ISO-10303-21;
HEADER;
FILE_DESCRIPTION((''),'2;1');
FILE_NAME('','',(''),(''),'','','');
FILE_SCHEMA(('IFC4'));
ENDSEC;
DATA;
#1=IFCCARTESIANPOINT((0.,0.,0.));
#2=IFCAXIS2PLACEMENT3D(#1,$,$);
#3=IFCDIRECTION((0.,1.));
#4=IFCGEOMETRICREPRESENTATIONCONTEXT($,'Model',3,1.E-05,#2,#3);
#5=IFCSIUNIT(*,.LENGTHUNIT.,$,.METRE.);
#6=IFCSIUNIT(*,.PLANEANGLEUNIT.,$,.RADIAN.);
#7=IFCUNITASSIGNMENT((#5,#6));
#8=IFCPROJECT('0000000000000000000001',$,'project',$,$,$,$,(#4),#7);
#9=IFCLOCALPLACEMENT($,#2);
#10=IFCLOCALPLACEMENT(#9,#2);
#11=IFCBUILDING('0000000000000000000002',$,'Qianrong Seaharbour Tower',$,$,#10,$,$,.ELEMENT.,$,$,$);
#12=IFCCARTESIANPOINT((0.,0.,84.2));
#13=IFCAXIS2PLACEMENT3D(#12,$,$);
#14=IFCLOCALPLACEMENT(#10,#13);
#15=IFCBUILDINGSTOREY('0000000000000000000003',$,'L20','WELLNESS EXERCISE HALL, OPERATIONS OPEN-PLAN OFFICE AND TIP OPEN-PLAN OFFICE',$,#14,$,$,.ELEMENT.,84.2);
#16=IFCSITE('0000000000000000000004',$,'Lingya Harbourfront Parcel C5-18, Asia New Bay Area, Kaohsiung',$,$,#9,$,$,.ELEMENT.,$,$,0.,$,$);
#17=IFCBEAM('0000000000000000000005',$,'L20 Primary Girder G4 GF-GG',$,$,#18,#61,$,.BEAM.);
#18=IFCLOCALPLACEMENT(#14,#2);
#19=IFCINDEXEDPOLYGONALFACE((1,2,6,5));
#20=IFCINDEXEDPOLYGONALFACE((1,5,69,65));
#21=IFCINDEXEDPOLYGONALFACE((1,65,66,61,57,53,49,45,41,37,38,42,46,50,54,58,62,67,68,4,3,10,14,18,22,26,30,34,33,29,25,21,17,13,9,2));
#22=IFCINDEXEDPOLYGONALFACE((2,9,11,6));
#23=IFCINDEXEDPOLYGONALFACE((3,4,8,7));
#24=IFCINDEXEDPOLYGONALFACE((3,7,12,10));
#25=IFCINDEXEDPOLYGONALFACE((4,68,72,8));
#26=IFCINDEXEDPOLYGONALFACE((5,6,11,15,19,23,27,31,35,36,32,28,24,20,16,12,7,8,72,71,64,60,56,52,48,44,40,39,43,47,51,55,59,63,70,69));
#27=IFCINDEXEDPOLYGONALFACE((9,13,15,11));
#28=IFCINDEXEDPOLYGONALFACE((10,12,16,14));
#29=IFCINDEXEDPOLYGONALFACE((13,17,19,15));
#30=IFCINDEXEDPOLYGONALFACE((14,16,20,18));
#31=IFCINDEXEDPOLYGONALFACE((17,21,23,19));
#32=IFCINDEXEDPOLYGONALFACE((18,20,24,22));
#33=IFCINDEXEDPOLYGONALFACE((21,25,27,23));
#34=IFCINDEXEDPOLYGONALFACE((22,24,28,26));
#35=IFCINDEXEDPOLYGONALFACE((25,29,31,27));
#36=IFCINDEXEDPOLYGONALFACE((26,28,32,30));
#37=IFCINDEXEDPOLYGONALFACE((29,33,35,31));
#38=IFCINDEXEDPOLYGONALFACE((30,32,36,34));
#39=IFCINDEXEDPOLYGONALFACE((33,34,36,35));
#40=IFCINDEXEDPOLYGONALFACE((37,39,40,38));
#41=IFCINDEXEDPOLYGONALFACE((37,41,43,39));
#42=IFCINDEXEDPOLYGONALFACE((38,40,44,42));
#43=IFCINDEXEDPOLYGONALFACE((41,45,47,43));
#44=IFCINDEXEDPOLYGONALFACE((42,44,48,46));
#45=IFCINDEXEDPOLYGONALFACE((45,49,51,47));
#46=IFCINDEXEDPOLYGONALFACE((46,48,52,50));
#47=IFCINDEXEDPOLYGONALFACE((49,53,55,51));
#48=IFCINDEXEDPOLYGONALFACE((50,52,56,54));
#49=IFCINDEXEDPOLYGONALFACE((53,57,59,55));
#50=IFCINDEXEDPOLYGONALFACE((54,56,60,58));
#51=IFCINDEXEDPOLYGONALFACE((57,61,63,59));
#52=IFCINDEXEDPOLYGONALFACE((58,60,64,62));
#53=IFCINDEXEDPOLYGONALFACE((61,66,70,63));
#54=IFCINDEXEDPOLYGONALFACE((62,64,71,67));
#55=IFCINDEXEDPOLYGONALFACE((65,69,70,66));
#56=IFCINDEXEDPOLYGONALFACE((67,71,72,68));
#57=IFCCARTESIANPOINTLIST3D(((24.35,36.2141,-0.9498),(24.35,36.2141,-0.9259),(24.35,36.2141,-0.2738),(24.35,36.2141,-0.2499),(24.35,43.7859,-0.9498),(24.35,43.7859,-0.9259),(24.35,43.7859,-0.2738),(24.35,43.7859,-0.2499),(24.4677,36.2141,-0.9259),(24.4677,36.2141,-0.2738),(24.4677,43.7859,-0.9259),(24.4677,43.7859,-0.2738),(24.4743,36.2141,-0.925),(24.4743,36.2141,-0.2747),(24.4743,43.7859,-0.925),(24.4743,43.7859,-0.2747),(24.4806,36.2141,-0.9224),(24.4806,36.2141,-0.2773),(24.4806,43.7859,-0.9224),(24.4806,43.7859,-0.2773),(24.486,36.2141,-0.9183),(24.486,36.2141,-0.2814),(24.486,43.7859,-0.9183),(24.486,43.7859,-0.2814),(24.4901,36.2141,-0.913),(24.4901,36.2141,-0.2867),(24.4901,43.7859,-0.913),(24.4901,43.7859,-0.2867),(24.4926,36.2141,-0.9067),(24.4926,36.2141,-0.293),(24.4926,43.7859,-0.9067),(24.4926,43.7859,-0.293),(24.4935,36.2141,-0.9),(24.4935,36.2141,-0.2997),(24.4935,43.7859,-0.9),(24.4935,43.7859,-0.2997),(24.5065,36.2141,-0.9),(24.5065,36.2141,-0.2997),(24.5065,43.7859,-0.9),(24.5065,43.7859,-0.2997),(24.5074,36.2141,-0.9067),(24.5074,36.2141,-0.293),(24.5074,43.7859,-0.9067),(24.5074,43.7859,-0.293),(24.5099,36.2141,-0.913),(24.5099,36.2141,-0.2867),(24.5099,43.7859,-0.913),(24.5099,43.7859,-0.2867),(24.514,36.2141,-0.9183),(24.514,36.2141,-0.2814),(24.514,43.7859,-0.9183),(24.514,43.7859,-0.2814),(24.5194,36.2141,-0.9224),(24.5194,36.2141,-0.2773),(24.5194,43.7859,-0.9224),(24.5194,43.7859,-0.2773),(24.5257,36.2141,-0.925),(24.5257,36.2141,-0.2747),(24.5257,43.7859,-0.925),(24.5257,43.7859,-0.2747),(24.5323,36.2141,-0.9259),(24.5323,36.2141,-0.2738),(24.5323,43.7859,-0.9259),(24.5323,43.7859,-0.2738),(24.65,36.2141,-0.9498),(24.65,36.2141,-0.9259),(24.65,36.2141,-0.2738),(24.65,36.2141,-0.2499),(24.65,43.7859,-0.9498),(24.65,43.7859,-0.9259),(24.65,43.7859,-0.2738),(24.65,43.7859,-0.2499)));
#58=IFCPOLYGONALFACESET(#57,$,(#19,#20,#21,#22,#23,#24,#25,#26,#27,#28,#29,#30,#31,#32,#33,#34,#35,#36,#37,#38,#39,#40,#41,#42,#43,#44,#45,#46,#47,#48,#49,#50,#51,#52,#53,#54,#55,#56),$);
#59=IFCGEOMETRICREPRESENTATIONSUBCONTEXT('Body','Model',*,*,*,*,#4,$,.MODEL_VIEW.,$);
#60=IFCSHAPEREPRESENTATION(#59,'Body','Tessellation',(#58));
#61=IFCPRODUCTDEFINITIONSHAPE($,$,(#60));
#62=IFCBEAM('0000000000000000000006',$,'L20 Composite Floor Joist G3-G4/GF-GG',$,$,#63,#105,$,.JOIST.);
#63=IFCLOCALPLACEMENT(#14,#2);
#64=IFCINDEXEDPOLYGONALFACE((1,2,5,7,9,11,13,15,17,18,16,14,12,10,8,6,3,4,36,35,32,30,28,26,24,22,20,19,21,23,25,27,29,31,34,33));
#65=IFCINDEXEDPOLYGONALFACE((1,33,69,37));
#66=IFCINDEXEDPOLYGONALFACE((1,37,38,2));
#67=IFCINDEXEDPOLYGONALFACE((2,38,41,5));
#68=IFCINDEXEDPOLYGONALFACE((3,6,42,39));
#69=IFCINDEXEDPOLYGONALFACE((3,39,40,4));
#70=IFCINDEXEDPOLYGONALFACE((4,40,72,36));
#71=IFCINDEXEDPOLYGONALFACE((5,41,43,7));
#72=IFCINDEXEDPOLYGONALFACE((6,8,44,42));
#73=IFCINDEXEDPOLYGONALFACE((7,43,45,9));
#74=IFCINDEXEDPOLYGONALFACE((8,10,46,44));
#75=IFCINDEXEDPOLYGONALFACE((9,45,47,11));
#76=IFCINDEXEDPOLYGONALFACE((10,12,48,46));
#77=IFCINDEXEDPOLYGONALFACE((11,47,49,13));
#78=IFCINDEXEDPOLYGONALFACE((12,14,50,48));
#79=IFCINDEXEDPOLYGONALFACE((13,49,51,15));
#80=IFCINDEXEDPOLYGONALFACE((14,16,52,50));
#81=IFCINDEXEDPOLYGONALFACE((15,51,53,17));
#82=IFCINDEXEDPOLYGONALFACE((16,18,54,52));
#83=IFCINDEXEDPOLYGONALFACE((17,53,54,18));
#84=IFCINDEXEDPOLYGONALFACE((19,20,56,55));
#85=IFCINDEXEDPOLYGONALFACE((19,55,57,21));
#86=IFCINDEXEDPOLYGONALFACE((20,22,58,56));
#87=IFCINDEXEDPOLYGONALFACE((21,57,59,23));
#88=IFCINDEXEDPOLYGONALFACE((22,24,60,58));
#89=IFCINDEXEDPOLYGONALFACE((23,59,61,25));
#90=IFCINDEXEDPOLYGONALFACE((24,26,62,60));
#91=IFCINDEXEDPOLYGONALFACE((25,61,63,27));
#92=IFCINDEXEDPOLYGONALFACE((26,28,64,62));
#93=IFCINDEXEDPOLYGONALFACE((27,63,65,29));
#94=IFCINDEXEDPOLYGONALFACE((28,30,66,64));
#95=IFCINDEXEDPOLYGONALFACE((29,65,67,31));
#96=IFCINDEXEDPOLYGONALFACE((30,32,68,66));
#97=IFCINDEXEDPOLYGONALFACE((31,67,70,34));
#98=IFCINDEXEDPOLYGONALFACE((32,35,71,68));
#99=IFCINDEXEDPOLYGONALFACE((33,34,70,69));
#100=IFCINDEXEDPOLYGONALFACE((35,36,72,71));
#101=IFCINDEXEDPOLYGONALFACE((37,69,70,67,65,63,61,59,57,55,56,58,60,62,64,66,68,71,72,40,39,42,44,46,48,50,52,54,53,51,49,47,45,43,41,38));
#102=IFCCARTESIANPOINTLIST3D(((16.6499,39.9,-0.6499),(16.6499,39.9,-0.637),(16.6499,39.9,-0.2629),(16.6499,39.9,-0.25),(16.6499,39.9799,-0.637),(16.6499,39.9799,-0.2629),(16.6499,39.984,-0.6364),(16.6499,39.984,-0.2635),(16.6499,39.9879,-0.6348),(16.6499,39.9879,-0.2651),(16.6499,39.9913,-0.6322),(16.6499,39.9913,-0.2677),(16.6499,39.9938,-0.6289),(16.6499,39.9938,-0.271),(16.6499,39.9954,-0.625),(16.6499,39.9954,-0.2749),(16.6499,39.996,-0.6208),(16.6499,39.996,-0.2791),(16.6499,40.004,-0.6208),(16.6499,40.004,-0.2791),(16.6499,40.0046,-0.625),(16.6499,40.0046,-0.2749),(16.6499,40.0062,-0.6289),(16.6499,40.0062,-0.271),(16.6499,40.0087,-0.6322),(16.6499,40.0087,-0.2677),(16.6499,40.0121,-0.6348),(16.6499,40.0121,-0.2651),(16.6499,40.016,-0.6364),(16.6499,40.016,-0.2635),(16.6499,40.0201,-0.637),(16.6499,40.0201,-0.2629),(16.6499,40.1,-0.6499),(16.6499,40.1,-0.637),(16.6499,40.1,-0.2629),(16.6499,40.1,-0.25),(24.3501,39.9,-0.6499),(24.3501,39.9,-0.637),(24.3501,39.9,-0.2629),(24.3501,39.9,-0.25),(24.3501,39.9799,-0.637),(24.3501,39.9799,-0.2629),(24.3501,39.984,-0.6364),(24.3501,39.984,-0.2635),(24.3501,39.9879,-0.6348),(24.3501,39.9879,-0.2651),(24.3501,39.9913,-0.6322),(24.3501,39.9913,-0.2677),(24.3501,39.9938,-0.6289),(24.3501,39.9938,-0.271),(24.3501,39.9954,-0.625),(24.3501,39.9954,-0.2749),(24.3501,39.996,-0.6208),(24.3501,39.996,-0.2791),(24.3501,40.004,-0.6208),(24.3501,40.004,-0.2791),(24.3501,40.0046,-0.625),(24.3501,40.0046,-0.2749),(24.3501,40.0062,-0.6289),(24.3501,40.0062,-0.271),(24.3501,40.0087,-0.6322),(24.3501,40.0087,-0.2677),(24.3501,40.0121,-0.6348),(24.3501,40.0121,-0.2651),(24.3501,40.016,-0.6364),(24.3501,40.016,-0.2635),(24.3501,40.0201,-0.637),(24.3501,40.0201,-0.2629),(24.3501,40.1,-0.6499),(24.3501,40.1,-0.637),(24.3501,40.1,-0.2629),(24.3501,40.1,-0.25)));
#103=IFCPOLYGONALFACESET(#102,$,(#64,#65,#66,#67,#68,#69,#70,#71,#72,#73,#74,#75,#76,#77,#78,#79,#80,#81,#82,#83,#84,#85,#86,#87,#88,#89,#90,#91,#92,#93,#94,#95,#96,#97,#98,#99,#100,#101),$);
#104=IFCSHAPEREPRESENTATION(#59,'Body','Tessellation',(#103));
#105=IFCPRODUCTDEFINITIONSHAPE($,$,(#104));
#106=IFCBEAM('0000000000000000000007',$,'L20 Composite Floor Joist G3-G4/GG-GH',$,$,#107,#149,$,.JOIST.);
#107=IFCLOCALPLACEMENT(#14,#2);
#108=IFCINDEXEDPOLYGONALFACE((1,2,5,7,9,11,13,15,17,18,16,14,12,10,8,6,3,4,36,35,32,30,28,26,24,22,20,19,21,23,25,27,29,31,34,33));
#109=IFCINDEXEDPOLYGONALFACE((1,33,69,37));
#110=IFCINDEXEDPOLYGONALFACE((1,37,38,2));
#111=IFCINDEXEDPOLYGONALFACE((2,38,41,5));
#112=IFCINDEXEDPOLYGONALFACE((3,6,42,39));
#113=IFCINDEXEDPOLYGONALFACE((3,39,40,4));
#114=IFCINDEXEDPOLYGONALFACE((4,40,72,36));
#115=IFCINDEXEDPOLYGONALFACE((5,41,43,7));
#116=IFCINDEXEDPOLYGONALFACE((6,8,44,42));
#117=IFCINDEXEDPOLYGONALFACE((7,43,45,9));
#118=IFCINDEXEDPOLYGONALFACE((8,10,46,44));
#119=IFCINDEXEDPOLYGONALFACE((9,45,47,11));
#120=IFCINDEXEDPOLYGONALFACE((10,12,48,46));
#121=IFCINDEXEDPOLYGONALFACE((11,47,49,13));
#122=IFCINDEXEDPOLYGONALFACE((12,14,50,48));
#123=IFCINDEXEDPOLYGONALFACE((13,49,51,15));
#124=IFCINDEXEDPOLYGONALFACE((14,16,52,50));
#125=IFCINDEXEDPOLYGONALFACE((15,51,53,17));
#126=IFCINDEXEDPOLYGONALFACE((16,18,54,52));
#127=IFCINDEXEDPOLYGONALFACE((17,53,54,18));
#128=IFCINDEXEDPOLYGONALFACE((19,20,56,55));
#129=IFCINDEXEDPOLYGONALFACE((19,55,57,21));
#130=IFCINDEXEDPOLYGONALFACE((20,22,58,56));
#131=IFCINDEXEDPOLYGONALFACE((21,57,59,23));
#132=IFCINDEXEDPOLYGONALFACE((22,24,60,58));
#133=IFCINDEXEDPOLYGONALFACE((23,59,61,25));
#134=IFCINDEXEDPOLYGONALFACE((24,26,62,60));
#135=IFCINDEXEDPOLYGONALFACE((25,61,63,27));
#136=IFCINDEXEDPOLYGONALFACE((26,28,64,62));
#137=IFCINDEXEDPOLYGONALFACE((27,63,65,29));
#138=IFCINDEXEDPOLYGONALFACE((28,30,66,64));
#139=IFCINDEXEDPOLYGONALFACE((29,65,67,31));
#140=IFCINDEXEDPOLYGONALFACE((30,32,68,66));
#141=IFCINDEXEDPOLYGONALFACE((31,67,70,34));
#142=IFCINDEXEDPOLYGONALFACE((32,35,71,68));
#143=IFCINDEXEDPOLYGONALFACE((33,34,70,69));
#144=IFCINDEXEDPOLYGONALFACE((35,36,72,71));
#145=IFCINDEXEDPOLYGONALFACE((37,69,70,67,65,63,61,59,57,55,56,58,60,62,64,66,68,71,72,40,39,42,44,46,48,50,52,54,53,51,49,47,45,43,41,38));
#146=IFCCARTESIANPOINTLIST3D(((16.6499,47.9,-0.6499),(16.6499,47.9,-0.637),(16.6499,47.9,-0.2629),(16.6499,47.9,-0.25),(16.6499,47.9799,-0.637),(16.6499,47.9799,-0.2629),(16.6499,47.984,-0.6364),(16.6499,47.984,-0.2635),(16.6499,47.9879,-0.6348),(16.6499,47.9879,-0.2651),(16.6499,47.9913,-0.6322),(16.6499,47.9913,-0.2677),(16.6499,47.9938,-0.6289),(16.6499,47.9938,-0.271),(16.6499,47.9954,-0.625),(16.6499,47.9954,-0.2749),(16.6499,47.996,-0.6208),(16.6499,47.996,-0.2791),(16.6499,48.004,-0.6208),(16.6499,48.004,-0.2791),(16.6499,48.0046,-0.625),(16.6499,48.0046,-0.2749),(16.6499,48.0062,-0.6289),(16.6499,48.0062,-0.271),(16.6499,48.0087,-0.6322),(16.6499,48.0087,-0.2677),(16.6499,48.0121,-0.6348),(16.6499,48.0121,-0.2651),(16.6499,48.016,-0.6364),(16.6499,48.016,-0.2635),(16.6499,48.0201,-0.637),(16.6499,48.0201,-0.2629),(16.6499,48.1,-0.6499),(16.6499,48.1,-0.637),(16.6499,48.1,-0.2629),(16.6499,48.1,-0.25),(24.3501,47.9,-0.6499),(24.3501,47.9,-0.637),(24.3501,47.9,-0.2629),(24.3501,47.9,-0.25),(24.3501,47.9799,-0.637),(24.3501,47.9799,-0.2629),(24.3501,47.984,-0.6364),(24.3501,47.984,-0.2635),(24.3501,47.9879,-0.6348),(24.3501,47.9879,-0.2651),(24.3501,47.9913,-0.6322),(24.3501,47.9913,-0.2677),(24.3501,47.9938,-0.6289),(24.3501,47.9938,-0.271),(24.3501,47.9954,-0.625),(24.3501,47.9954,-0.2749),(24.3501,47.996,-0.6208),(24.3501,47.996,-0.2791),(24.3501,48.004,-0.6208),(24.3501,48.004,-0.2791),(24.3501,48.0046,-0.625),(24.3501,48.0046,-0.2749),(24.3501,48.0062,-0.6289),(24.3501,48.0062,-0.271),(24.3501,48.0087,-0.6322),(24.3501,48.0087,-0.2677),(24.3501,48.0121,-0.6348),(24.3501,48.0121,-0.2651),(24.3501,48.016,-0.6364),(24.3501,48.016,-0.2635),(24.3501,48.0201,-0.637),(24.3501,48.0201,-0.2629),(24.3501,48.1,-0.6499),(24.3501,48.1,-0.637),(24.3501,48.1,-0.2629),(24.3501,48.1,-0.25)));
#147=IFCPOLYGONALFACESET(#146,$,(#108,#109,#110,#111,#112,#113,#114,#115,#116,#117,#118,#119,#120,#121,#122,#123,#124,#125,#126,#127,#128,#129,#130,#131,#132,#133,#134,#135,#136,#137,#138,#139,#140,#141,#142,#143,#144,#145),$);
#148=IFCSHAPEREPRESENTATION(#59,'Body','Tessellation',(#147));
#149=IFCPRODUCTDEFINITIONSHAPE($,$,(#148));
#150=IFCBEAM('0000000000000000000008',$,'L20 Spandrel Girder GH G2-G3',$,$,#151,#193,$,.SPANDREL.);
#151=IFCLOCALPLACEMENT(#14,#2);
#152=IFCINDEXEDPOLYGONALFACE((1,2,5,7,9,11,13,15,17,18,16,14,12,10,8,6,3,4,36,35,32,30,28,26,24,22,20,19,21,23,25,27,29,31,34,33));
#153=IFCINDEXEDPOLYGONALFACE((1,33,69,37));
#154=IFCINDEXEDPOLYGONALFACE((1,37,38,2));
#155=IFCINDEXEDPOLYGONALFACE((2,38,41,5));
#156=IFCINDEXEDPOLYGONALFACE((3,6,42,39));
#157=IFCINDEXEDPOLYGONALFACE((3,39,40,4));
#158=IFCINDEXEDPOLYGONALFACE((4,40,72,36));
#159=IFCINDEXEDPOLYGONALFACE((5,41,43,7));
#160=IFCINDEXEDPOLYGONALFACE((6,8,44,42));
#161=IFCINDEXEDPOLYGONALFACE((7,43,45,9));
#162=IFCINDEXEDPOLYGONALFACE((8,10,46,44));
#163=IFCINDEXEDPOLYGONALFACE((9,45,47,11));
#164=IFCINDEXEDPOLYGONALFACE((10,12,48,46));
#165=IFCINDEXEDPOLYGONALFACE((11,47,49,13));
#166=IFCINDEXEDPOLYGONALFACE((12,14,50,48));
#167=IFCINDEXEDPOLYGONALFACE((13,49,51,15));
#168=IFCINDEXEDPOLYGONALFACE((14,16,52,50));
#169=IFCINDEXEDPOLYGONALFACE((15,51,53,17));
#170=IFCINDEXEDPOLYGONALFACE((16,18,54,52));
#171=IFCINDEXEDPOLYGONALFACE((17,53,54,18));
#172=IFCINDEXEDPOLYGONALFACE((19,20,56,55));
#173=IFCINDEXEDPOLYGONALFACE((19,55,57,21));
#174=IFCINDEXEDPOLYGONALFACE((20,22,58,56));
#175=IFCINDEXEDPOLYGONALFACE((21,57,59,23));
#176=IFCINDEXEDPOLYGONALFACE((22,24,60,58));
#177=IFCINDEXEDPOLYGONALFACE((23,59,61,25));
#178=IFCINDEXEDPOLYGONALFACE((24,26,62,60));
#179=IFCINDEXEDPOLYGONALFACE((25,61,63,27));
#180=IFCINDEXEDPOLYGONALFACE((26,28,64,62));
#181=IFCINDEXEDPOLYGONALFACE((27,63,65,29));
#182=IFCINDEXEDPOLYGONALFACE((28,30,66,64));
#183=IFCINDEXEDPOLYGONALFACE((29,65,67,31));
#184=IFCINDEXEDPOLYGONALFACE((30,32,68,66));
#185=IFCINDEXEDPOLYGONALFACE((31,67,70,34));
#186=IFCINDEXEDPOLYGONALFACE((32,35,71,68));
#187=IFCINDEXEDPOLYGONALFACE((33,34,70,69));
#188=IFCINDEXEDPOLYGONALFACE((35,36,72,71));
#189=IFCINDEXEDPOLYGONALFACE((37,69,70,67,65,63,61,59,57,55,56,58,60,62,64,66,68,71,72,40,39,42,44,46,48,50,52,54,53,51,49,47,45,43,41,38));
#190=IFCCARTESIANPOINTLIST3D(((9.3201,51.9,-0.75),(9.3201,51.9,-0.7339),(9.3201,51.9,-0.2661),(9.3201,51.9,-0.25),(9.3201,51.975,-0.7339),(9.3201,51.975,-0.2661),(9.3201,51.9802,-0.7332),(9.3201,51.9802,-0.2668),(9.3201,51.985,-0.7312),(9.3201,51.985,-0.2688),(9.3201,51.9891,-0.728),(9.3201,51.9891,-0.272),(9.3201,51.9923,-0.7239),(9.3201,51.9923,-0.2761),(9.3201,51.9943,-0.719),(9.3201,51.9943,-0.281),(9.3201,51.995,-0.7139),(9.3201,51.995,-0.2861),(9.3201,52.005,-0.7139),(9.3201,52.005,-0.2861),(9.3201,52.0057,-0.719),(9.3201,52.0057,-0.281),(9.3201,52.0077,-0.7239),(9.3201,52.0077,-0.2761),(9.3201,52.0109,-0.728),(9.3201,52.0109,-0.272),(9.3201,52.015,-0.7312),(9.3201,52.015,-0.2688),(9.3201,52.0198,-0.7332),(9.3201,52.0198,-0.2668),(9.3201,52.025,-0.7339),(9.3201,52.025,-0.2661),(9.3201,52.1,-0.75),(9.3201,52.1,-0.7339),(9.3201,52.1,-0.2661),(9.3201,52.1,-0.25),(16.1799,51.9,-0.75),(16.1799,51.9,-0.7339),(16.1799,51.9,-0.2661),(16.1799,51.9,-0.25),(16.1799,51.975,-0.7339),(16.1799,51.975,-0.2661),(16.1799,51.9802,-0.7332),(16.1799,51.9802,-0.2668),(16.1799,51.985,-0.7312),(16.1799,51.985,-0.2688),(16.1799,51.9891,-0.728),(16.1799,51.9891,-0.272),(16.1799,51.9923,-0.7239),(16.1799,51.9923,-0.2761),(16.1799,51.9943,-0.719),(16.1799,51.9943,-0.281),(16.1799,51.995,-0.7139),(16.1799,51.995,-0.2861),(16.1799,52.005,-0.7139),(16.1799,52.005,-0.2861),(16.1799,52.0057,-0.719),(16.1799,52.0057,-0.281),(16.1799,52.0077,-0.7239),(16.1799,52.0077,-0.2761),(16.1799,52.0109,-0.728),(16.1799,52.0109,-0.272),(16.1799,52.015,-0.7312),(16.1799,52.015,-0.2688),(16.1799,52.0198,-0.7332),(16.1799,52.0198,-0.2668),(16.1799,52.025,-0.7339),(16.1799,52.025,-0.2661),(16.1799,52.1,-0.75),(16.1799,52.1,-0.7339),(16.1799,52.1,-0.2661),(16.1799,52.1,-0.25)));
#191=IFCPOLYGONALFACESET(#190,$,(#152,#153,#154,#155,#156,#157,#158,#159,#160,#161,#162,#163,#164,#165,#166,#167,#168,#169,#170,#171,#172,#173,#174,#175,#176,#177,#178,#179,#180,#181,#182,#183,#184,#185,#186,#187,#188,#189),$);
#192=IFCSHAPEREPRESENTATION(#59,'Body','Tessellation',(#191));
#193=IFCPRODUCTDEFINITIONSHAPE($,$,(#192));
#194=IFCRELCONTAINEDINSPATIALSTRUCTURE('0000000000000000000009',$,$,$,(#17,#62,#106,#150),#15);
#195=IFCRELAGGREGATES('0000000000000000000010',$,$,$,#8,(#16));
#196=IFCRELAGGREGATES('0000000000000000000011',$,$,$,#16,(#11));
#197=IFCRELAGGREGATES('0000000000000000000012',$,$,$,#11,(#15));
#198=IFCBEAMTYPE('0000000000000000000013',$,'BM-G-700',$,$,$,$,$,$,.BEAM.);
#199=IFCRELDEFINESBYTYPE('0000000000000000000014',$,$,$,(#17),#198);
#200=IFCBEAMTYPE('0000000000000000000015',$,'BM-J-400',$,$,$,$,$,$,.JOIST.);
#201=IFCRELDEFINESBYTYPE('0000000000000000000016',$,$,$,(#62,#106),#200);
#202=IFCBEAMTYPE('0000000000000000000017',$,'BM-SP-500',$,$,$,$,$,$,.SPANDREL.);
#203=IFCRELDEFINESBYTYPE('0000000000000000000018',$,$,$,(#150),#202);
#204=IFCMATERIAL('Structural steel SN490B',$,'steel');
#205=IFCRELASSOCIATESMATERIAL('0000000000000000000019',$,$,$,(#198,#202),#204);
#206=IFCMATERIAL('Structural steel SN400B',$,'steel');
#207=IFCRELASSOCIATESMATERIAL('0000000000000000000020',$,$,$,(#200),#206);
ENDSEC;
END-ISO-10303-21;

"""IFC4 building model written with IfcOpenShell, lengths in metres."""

from ifc_helpers import new_model, si_unit, direction, frame, origin, origin_2d, place, context, subcontext, project, spatial, i_section, extrude, material, material_profile, profile_set, type_object, element, save


model = new_model("IFC4")

# Units and contexts
model_context = context("Model", 3, precision=1e-05, world=origin(), true_north=direction((0.0, 1.0)))
body_context = subcontext(model_context, "Body", "Model", "MODEL_VIEW")
ifc_project = project(units=[si_unit("LENGTHUNIT", "METRE"), si_unit("PLANEANGLEUNIT", "RADIAN")], contexts=[model_context])

# Site, building, storey
site_placement = place(None, origin())
site = spatial("IfcSite", under=ifc_project, at=site_placement, Name="Lingya Harbourfront Parcel C5-18, Asia New Bay Area, Kaohsiung", CompositionType="ELEMENT", RefElevation=0.0)
building_placement = place(site_placement, origin())
building = spatial("IfcBuilding", under=site, at=building_placement, Name="Qianrong Seaharbour Tower", CompositionType="ELEMENT")
storey_placement = place(building_placement, frame((0.0, 0.0, 84.2)))
storey = spatial("IfcBuildingStorey", under=building, at=storey_placement, Name="L20", Description="WELLNESS EXERCISE HALL, OPERATIONS OPEN-PLAN OFFICE AND TIP OPEN-PLAN OFFICE", CompositionType="ELEMENT", Elevation=84.2)

# Shared definitions
ifc_material_1 = material(Name="Structural steel SN490B", Category="steel")

# Beams
ifc_material_profile_1 = material_profile(ifc_material_1, i_section(OverallWidth=0.3, OverallDepth=0.7, WebThickness=0.0129, FlangeThickness=0.0239, FilletRadius=0.0259, at=origin_2d()), Name="H700x300x13x24")
ifc_profile_set_1 = profile_set([ifc_material_profile_1], Name="Structural steel SN490B")
beam_type_1 = type_object("IfcBeamType", Name="BM-G-700", PredefinedType="BEAM", material=ifc_profile_set_1)
beam_1_placement = place(storey_placement, frame((24.5, 36.2141, -0.5999), z_axis=(0.0, 1.0, 0.0), x_axis=(-1.0, 0.0, 0.0)))
element("IfcBeam", 1, at=beam_1_placement, inside=storey, type_object=beam_type_1, Name="L20 Primary Girder G4 GF-GG", PredefinedType="BEAM", context=body_context, shape_type="SweptSolid", body=[
    extrude(i_section(OverallWidth=0.3, OverallDepth=0.7, WebThickness=0.0129, FlangeThickness=0.0239, FilletRadius=0.0259, at=origin_2d()), origin(), (0.0, 0.0, 1.0), 7.5718),
])
ifc_material_2 = material(Name="Structural steel SN400B", Category="steel")
ifc_material_profile_2 = material_profile(ifc_material_2, i_section(OverallWidth=0.2, OverallDepth=0.3999, WebThickness=0.0081, FlangeThickness=0.0129, FilletRadius=0.0161, at=origin_2d()), Name="H400x200x8x13")
ifc_profile_set_2 = profile_set([ifc_material_profile_2], Name="Structural steel SN400B")
beam_type_2 = type_object("IfcBeamType", Name="BM-J-400", PredefinedType="JOIST", material=ifc_profile_set_2)
for number, where, z_axis, x_axis, name in (
    (2, (16.6499, 40.0, -0.45), (1.0, 0.0, 0.0), (0.0, 1.0, 0.0), "L20 Composite Floor Joist G3-G4/GF-GG"),
    (3, (16.6499, 48.0, -0.45), (1.0, 0.0, 0.0), (0.0, 1.0, 0.0), "L20 Composite Floor Joist G3-G4/GG-GH"),
):
    element("IfcBeam", number, at=place(storey_placement, frame(where, z_axis=z_axis, x_axis=x_axis)), inside=storey, type_object=beam_type_2, Name=name, PredefinedType="JOIST", context=body_context, shape_type="SweptSolid", body=[
        extrude(i_section(OverallWidth=0.2, OverallDepth=0.3999, WebThickness=0.0081, FlangeThickness=0.0129, FilletRadius=0.0161, at=origin_2d()), origin(), (0.0, 0.0, 1.0), 7.7002),
    ])
ifc_material_profile_3 = material_profile(ifc_material_1, i_section(OverallWidth=0.2, OverallDepth=0.5, WebThickness=0.01, FlangeThickness=0.0161, FilletRadius=0.02, at=origin_2d()), Name="H500x200x10x16")
ifc_profile_set_3 = profile_set([ifc_material_profile_3], Name="Structural steel SN490B")
beam_type_3 = type_object("IfcBeamType", Name="BM-SP-500", PredefinedType="SPANDREL", material=ifc_profile_set_3)
beam_2_placement = place(storey_placement, frame((9.3201, 52.0, -0.5), z_axis=(1.0, 0.0, 0.0), x_axis=(0.0, 1.0, 0.0)))
element("IfcBeam", 4, at=beam_2_placement, inside=storey, type_object=beam_type_3, Name="L20 Spandrel Girder GH G2-G3", PredefinedType="SPANDREL", context=body_context, shape_type="SweptSolid", body=[
    extrude(i_section(OverallWidth=0.2, OverallDepth=0.5, WebThickness=0.01, FlangeThickness=0.0161, FilletRadius=0.02, at=origin_2d()), origin(), (0.0, 0.0, 1.0), 6.8599),
])

save(model, "model.ifc")
